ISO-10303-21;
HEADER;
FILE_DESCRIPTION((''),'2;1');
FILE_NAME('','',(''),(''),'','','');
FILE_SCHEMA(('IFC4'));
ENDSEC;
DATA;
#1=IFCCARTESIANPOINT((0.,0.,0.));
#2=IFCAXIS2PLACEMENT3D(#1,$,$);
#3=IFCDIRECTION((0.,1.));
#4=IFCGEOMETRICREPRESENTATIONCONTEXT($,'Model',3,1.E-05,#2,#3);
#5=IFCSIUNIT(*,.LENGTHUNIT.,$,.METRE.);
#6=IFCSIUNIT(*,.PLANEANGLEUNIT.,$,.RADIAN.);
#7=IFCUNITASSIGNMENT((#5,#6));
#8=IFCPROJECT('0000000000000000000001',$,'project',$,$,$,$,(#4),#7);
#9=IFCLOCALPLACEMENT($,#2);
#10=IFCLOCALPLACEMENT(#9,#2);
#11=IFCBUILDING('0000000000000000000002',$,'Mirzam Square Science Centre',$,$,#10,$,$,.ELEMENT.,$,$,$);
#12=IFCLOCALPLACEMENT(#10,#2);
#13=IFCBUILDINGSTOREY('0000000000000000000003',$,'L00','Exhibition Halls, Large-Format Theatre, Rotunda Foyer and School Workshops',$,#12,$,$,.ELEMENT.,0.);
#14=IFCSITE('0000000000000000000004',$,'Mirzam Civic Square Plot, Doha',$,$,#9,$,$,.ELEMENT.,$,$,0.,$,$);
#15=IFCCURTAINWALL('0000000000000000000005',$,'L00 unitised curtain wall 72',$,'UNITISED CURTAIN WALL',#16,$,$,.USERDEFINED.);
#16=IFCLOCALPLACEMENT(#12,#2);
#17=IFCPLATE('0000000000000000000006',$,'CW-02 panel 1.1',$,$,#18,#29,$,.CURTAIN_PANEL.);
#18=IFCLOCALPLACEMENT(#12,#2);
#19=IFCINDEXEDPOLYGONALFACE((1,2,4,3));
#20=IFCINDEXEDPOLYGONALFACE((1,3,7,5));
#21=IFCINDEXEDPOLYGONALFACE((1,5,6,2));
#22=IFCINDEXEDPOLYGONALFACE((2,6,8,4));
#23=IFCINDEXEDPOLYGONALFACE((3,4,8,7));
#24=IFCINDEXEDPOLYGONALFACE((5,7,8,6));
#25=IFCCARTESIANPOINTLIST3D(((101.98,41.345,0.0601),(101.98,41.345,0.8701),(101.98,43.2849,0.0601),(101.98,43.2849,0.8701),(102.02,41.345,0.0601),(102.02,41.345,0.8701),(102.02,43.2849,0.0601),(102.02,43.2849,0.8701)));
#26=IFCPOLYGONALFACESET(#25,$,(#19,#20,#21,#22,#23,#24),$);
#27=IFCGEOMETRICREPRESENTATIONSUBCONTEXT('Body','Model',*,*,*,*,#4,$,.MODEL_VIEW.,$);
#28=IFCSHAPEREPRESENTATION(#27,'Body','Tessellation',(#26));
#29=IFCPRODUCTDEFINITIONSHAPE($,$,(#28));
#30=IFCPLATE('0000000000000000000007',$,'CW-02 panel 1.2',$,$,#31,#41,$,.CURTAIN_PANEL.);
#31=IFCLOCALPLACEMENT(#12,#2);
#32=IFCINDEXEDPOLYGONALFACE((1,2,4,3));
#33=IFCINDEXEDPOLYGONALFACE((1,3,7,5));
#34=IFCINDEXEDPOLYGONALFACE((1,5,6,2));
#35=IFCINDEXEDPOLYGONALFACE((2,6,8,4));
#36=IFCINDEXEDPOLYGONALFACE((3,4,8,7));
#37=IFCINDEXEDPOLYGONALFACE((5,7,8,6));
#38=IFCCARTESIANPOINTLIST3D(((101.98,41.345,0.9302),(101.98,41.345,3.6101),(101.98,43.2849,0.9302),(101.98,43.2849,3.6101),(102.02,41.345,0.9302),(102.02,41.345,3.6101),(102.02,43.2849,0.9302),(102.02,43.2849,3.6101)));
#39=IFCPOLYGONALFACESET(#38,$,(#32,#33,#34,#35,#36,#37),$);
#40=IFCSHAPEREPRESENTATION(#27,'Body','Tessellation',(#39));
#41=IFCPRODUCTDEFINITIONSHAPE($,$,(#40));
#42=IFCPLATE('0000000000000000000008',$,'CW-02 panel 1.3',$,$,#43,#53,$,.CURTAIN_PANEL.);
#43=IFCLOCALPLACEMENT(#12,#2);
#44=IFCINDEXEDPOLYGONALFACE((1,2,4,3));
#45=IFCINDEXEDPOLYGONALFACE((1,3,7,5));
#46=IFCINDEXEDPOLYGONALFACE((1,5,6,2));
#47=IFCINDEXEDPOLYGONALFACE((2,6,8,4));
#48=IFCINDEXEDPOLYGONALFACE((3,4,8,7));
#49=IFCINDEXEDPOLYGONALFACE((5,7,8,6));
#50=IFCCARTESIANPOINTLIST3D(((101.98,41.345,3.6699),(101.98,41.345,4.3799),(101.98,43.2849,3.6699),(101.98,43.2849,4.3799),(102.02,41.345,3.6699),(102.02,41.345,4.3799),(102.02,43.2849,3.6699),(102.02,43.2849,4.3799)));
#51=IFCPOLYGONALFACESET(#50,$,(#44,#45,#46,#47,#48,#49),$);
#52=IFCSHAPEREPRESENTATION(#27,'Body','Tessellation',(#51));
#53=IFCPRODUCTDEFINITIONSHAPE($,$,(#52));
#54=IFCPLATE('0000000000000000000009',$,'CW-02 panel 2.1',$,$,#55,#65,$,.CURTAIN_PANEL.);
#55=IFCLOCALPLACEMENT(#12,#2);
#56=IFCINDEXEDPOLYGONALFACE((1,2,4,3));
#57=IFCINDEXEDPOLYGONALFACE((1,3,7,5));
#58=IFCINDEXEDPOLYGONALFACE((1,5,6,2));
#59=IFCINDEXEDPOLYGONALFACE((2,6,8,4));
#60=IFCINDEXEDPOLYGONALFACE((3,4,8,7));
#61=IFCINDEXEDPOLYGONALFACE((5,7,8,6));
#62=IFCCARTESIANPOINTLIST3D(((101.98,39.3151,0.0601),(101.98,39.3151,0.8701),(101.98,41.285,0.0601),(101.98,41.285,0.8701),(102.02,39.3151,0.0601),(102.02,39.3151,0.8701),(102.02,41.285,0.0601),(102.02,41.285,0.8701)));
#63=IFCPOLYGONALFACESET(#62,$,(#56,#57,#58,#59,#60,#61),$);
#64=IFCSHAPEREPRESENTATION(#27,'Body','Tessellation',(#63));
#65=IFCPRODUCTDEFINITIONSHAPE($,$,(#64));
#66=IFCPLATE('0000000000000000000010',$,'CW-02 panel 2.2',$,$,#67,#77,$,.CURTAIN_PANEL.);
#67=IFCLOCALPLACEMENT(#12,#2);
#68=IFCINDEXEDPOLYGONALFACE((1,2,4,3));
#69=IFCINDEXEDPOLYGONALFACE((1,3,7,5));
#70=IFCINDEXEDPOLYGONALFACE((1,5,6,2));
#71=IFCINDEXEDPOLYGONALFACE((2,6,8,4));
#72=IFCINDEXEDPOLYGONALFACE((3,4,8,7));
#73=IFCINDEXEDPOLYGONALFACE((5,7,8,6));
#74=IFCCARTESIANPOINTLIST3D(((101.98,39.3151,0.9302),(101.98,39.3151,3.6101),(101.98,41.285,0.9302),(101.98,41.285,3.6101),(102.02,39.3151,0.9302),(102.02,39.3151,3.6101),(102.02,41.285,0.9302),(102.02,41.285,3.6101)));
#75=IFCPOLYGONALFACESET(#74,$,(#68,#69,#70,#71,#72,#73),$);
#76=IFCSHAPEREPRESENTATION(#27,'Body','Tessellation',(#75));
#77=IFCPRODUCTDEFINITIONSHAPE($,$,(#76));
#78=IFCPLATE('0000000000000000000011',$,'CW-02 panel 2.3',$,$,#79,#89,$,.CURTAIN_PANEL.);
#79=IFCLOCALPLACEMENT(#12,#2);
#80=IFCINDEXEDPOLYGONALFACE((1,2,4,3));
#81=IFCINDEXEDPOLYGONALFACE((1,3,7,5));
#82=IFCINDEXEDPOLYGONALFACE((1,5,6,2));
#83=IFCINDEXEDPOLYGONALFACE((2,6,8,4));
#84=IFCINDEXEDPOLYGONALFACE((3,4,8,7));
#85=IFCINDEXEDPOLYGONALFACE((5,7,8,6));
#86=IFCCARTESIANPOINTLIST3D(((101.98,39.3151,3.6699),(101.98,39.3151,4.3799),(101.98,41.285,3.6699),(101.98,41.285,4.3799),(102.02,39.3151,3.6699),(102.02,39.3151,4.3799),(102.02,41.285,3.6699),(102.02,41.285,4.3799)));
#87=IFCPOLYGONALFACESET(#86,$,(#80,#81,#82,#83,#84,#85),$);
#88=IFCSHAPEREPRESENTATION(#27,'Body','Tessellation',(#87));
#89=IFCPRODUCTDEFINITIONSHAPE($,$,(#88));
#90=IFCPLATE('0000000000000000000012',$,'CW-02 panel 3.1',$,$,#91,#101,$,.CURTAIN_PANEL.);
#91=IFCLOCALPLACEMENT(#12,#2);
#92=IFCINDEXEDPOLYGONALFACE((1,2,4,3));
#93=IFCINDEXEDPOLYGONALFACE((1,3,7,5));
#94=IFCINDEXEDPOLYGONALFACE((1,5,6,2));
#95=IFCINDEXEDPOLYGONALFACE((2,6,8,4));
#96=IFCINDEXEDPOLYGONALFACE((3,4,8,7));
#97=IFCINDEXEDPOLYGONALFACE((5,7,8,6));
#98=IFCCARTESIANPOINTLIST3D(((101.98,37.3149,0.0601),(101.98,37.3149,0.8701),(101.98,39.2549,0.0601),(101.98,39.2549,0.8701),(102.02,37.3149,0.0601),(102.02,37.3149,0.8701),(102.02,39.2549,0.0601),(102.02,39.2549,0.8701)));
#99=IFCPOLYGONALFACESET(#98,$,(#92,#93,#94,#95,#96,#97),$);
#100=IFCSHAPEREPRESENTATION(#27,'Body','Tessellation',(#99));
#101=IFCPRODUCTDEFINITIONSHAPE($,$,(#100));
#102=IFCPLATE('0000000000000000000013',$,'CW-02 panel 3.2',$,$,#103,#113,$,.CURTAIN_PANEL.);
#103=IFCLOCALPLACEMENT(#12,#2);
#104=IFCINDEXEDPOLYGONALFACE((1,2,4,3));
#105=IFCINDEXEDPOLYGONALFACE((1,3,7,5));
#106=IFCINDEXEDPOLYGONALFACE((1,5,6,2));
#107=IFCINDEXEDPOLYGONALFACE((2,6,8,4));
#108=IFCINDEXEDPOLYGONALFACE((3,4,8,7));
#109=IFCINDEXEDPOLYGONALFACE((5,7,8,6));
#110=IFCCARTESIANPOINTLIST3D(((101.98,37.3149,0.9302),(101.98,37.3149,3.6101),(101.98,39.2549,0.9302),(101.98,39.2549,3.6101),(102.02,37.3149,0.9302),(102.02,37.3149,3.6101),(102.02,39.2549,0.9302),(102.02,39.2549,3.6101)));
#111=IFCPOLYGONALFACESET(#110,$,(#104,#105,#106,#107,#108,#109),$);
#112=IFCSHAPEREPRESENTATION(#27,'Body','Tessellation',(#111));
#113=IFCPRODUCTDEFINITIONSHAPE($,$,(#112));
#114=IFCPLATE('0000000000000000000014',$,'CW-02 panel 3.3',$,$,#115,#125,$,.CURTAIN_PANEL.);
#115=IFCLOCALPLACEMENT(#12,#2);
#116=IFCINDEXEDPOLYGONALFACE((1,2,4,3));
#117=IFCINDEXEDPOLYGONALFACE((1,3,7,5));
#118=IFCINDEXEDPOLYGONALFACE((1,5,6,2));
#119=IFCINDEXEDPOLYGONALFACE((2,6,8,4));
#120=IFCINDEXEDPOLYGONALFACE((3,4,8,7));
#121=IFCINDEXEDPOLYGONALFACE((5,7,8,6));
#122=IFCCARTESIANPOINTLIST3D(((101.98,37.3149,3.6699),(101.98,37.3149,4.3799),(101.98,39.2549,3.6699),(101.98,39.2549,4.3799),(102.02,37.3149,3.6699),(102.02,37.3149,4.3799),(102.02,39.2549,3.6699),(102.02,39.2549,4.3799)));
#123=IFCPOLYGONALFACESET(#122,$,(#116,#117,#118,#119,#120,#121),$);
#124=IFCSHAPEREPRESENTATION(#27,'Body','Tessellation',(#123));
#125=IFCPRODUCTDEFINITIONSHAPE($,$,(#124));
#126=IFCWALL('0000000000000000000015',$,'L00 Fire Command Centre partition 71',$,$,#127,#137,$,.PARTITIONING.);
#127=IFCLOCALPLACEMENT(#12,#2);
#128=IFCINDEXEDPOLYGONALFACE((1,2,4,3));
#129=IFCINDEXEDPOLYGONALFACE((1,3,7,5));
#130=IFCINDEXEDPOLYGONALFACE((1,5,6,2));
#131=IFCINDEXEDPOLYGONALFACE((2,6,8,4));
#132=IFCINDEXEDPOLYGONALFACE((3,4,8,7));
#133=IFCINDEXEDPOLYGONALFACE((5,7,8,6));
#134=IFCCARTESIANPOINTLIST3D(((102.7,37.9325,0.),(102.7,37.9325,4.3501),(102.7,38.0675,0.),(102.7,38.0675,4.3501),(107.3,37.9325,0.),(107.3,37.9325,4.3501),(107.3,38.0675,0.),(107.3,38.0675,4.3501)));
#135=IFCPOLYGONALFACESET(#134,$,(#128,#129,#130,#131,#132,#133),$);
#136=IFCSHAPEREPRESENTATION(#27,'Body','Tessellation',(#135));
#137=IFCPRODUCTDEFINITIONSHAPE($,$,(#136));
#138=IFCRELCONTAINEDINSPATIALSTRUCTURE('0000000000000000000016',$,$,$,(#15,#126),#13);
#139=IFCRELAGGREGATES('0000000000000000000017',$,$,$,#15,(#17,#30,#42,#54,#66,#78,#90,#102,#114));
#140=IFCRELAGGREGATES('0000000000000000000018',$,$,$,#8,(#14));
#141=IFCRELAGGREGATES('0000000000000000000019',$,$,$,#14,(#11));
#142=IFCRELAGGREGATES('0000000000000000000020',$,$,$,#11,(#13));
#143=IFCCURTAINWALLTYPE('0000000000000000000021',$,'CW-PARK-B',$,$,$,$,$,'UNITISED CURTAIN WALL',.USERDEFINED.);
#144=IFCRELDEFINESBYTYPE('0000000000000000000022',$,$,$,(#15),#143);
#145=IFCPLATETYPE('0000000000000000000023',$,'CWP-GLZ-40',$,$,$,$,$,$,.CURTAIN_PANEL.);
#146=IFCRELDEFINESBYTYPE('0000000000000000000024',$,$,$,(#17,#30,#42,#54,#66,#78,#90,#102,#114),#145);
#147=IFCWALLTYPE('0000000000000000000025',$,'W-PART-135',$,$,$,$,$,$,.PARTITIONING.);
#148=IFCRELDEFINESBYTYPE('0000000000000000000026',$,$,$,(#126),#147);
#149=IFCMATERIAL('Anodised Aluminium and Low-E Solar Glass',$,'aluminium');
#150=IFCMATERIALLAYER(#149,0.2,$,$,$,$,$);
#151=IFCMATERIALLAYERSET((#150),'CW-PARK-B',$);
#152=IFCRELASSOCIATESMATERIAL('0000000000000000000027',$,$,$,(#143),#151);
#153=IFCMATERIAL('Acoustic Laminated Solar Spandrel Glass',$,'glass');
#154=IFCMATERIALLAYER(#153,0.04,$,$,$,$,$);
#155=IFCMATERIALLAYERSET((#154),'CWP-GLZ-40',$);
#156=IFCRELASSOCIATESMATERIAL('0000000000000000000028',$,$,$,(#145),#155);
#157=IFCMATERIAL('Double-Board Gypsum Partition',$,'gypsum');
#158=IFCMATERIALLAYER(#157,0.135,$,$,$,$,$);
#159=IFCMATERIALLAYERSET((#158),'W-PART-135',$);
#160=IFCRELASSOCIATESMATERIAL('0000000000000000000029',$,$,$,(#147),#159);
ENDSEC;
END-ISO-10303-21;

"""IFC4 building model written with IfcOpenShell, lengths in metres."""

from ifc_helpers import new_model, si_unit, direction, frame, frame_2d, origin, origin_2d, place, context, subcontext, project, spatial, rectangle, extrude, material, layer, layer_set, type_object, element, aggregate, save


model = new_model("IFC4")

# Units and contexts
model_context = context("Model", 3, precision=1e-05, world=origin(), true_north=direction((0.0, 1.0)))
body_context = subcontext(model_context, "Body", "Model", "MODEL_VIEW")
ifc_project = project(units=[si_unit("LENGTHUNIT", "METRE"), si_unit("PLANEANGLEUNIT", "RADIAN")], contexts=[model_context])

# Site, building, storey
site_placement = place(None, origin())
site = spatial("IfcSite", under=ifc_project, at=site_placement, Name="Mirzam Civic Square Plot, Doha", CompositionType="ELEMENT", RefElevation=0.0)
building_placement = place(site_placement, origin())
building = spatial("IfcBuilding", under=site, at=building_placement, Name="Mirzam Square Science Centre", CompositionType="ELEMENT")
storey_placement = place(building_placement, origin())
storey = spatial("IfcBuildingStorey", under=building, at=storey_placement, Name="L00", Description="Exhibition Halls, Large-Format Theatre, Rotunda Foyer and School Workshops", CompositionType="ELEMENT", Elevation=0.0)

# Curtain wall
ifc_material_1 = material(Name="Anodised Aluminium and Low-E Solar Glass", Category="aluminium")
ifc_layer_1 = layer(ifc_material_1, 0.2)
ifc_layer_set_1 = layer_set([ifc_layer_1], Name="CW-PARK-B")
curtain_wall_type = type_object("IfcCurtainWallType", Name="CW-PARK-B", ElementType="UNITISED CURTAIN WALL", PredefinedType="USERDEFINED", material=ifc_layer_set_1)
curtain_wall_placement = place(storey_placement, origin())
curtain_wall = element("IfcCurtainWall", 1, at=curtain_wall_placement, inside=storey, type_object=curtain_wall_type, Name="L00 unitised curtain wall 72", ObjectType="UNITISED CURTAIN WALL", PredefinedType="USERDEFINED")

# Plates
ifc_material_2 = material(Name="Acoustic Laminated Solar Spandrel Glass", Category="glass")
ifc_layer_2 = layer(ifc_material_2, 0.04)
ifc_layer_set_2 = layer_set([ifc_layer_2], Name="CWP-GLZ-40")
plate_type = type_object("IfcPlateType", Name="CWP-GLZ-40", PredefinedType="CURTAIN_PANEL", material=ifc_layer_set_2)
plate_1_placement = place(storey_placement, frame((102.0, 42.3149, 0.0601), z_axis=(0.0, 0.0, 1.0), x_axis=(0.0, -1.0, 0.0)))
plate_1 = element("IfcPlate", 2, at=plate_1_placement, type_object=plate_type, Name="CW-02 panel 1.1", PredefinedType="CURTAIN_PANEL", context=body_context, shape_type="SweptSolid", body=[
    extrude(rectangle(XDim=1.9399, YDim=0.04, at=origin_2d()), origin(), (0.0, 0.0, 1.0), 0.8101),
])
plate_2_placement = place(storey_placement, frame((102.0, 42.3149, 0.9302), z_axis=(0.0, 0.0, 1.0), x_axis=(0.0, -1.0, 0.0)))
plate_2 = element("IfcPlate", 3, at=plate_2_placement, type_object=plate_type, Name="CW-02 panel 1.2", PredefinedType="CURTAIN_PANEL", context=body_context, shape_type="SweptSolid", body=[
    extrude(rectangle(XDim=1.9399, YDim=0.04, at=origin_2d()), origin(), (0.0, 0.0, 1.0), 2.6799),
])
plate_3_placement = place(storey_placement, frame((102.0, 42.3149, 3.6699), z_axis=(0.0, 0.0, 1.0), x_axis=(0.0, -1.0, 0.0)))
plate_3 = element("IfcPlate", 4, at=plate_3_placement, type_object=plate_type, Name="CW-02 panel 1.3", PredefinedType="CURTAIN_PANEL", context=body_context, shape_type="SweptSolid", body=[
    extrude(rectangle(XDim=1.9399, YDim=0.04, at=origin_2d()), origin(), (0.0, 0.0, 1.0), 0.71),
])
plate_4_placement = place(storey_placement, frame((102.0, 40.3, 0.0601), z_axis=(0.0, 0.0, 1.0), x_axis=(0.0, -1.0, 0.0)))
plate_4 = element("IfcPlate", 5, at=plate_4_placement, type_object=plate_type, Name="CW-02 panel 2.1", PredefinedType="CURTAIN_PANEL", context=body_context, shape_type="SweptSolid", body=[
    extrude(rectangle(XDim=1.97, YDim=0.04, at=origin_2d()), origin(), (0.0, 0.0, 1.0), 0.8101),
])
plate_5_placement = place(storey_placement, frame((102.0, 40.3, 0.9302), z_axis=(0.0, 0.0, 1.0), x_axis=(0.0, -1.0, 0.0)))
plate_5 = element("IfcPlate", 6, at=plate_5_placement, type_object=plate_type, Name="CW-02 panel 2.2", PredefinedType="CURTAIN_PANEL", context=body_context, shape_type="SweptSolid", body=[
    extrude(rectangle(XDim=1.97, YDim=0.04, at=origin_2d()), origin(), (0.0, 0.0, 1.0), 2.6799),
])
plate_6_placement = place(storey_placement, frame((102.0, 40.3, 3.6699), z_axis=(0.0, 0.0, 1.0), x_axis=(0.0, -1.0, 0.0)))
plate_6 = element("IfcPlate", 7, at=plate_6_placement, type_object=plate_type, Name="CW-02 panel 2.3", PredefinedType="CURTAIN_PANEL", context=body_context, shape_type="SweptSolid", body=[
    extrude(rectangle(XDim=1.97, YDim=0.04, at=origin_2d()), origin(), (0.0, 0.0, 1.0), 0.71),
])
plate_7_placement = place(storey_placement, frame((102.0, 38.2849, 0.0601), z_axis=(0.0, 0.0, 1.0), x_axis=(0.0, -1.0, 0.0)))
plate_7 = element("IfcPlate", 8, at=plate_7_placement, type_object=plate_type, Name="CW-02 panel 3.1", PredefinedType="CURTAIN_PANEL", context=body_context, shape_type="SweptSolid", body=[
    extrude(rectangle(XDim=1.9399, YDim=0.04, at=origin_2d()), origin(), (0.0, 0.0, 1.0), 0.8101),
])
plate_8_placement = place(storey_placement, frame((102.0, 38.2849, 0.9302), z_axis=(0.0, 0.0, 1.0), x_axis=(0.0, -1.0, 0.0)))
plate_8 = element("IfcPlate", 9, at=plate_8_placement, type_object=plate_type, Name="CW-02 panel 3.2", PredefinedType="CURTAIN_PANEL", context=body_context, shape_type="SweptSolid", body=[
    extrude(rectangle(XDim=1.9399, YDim=0.04, at=origin_2d()), origin(), (0.0, 0.0, 1.0), 2.6799),
])
plate_9_placement = place(storey_placement, frame((102.0, 38.2849, 3.6699), z_axis=(0.0, 0.0, 1.0), x_axis=(0.0, -1.0, 0.0)))
plate_9 = element("IfcPlate", 10, at=plate_9_placement, type_object=plate_type, Name="CW-02 panel 3.3", PredefinedType="CURTAIN_PANEL", context=body_context, shape_type="SweptSolid", body=[
    extrude(rectangle(XDim=1.9399, YDim=0.04, at=origin_2d()), origin(), (0.0, 0.0, 1.0), 0.71),
])
aggregate(curtain_wall, [plate_1, plate_2, plate_3, plate_4, plate_5, plate_6, plate_7, plate_8, plate_9])

# Wall
ifc_material_3 = material(Name="Double-Board Gypsum Partition", Category="gypsum")
ifc_layer_3 = layer(ifc_material_3, 0.135)
ifc_layer_set_3 = layer_set([ifc_layer_3], Name="W-PART-135")
wall_type = type_object("IfcWallType", Name="W-PART-135", PredefinedType="PARTITIONING", material=ifc_layer_set_3)
wall_placement = place(storey_placement, frame((107.3, 38.0, 0.0), z_axis=(0.0, 0.0, 1.0), x_axis=(-1.0, 0.0, 0.0)))
element("IfcWall", 11, at=wall_placement, inside=storey, type_object=wall_type, Name="L00 Fire Command Centre partition 71", PredefinedType="PARTITIONING", context=body_context, shape_type="SweptSolid", body=[
    extrude(rectangle(XDim=4.6001, YDim=0.135, at=frame_2d((2.3, 0.0))), origin(), (0.0, 0.0, 1.0), 4.3501),
])

save(model, "model.ifc")
